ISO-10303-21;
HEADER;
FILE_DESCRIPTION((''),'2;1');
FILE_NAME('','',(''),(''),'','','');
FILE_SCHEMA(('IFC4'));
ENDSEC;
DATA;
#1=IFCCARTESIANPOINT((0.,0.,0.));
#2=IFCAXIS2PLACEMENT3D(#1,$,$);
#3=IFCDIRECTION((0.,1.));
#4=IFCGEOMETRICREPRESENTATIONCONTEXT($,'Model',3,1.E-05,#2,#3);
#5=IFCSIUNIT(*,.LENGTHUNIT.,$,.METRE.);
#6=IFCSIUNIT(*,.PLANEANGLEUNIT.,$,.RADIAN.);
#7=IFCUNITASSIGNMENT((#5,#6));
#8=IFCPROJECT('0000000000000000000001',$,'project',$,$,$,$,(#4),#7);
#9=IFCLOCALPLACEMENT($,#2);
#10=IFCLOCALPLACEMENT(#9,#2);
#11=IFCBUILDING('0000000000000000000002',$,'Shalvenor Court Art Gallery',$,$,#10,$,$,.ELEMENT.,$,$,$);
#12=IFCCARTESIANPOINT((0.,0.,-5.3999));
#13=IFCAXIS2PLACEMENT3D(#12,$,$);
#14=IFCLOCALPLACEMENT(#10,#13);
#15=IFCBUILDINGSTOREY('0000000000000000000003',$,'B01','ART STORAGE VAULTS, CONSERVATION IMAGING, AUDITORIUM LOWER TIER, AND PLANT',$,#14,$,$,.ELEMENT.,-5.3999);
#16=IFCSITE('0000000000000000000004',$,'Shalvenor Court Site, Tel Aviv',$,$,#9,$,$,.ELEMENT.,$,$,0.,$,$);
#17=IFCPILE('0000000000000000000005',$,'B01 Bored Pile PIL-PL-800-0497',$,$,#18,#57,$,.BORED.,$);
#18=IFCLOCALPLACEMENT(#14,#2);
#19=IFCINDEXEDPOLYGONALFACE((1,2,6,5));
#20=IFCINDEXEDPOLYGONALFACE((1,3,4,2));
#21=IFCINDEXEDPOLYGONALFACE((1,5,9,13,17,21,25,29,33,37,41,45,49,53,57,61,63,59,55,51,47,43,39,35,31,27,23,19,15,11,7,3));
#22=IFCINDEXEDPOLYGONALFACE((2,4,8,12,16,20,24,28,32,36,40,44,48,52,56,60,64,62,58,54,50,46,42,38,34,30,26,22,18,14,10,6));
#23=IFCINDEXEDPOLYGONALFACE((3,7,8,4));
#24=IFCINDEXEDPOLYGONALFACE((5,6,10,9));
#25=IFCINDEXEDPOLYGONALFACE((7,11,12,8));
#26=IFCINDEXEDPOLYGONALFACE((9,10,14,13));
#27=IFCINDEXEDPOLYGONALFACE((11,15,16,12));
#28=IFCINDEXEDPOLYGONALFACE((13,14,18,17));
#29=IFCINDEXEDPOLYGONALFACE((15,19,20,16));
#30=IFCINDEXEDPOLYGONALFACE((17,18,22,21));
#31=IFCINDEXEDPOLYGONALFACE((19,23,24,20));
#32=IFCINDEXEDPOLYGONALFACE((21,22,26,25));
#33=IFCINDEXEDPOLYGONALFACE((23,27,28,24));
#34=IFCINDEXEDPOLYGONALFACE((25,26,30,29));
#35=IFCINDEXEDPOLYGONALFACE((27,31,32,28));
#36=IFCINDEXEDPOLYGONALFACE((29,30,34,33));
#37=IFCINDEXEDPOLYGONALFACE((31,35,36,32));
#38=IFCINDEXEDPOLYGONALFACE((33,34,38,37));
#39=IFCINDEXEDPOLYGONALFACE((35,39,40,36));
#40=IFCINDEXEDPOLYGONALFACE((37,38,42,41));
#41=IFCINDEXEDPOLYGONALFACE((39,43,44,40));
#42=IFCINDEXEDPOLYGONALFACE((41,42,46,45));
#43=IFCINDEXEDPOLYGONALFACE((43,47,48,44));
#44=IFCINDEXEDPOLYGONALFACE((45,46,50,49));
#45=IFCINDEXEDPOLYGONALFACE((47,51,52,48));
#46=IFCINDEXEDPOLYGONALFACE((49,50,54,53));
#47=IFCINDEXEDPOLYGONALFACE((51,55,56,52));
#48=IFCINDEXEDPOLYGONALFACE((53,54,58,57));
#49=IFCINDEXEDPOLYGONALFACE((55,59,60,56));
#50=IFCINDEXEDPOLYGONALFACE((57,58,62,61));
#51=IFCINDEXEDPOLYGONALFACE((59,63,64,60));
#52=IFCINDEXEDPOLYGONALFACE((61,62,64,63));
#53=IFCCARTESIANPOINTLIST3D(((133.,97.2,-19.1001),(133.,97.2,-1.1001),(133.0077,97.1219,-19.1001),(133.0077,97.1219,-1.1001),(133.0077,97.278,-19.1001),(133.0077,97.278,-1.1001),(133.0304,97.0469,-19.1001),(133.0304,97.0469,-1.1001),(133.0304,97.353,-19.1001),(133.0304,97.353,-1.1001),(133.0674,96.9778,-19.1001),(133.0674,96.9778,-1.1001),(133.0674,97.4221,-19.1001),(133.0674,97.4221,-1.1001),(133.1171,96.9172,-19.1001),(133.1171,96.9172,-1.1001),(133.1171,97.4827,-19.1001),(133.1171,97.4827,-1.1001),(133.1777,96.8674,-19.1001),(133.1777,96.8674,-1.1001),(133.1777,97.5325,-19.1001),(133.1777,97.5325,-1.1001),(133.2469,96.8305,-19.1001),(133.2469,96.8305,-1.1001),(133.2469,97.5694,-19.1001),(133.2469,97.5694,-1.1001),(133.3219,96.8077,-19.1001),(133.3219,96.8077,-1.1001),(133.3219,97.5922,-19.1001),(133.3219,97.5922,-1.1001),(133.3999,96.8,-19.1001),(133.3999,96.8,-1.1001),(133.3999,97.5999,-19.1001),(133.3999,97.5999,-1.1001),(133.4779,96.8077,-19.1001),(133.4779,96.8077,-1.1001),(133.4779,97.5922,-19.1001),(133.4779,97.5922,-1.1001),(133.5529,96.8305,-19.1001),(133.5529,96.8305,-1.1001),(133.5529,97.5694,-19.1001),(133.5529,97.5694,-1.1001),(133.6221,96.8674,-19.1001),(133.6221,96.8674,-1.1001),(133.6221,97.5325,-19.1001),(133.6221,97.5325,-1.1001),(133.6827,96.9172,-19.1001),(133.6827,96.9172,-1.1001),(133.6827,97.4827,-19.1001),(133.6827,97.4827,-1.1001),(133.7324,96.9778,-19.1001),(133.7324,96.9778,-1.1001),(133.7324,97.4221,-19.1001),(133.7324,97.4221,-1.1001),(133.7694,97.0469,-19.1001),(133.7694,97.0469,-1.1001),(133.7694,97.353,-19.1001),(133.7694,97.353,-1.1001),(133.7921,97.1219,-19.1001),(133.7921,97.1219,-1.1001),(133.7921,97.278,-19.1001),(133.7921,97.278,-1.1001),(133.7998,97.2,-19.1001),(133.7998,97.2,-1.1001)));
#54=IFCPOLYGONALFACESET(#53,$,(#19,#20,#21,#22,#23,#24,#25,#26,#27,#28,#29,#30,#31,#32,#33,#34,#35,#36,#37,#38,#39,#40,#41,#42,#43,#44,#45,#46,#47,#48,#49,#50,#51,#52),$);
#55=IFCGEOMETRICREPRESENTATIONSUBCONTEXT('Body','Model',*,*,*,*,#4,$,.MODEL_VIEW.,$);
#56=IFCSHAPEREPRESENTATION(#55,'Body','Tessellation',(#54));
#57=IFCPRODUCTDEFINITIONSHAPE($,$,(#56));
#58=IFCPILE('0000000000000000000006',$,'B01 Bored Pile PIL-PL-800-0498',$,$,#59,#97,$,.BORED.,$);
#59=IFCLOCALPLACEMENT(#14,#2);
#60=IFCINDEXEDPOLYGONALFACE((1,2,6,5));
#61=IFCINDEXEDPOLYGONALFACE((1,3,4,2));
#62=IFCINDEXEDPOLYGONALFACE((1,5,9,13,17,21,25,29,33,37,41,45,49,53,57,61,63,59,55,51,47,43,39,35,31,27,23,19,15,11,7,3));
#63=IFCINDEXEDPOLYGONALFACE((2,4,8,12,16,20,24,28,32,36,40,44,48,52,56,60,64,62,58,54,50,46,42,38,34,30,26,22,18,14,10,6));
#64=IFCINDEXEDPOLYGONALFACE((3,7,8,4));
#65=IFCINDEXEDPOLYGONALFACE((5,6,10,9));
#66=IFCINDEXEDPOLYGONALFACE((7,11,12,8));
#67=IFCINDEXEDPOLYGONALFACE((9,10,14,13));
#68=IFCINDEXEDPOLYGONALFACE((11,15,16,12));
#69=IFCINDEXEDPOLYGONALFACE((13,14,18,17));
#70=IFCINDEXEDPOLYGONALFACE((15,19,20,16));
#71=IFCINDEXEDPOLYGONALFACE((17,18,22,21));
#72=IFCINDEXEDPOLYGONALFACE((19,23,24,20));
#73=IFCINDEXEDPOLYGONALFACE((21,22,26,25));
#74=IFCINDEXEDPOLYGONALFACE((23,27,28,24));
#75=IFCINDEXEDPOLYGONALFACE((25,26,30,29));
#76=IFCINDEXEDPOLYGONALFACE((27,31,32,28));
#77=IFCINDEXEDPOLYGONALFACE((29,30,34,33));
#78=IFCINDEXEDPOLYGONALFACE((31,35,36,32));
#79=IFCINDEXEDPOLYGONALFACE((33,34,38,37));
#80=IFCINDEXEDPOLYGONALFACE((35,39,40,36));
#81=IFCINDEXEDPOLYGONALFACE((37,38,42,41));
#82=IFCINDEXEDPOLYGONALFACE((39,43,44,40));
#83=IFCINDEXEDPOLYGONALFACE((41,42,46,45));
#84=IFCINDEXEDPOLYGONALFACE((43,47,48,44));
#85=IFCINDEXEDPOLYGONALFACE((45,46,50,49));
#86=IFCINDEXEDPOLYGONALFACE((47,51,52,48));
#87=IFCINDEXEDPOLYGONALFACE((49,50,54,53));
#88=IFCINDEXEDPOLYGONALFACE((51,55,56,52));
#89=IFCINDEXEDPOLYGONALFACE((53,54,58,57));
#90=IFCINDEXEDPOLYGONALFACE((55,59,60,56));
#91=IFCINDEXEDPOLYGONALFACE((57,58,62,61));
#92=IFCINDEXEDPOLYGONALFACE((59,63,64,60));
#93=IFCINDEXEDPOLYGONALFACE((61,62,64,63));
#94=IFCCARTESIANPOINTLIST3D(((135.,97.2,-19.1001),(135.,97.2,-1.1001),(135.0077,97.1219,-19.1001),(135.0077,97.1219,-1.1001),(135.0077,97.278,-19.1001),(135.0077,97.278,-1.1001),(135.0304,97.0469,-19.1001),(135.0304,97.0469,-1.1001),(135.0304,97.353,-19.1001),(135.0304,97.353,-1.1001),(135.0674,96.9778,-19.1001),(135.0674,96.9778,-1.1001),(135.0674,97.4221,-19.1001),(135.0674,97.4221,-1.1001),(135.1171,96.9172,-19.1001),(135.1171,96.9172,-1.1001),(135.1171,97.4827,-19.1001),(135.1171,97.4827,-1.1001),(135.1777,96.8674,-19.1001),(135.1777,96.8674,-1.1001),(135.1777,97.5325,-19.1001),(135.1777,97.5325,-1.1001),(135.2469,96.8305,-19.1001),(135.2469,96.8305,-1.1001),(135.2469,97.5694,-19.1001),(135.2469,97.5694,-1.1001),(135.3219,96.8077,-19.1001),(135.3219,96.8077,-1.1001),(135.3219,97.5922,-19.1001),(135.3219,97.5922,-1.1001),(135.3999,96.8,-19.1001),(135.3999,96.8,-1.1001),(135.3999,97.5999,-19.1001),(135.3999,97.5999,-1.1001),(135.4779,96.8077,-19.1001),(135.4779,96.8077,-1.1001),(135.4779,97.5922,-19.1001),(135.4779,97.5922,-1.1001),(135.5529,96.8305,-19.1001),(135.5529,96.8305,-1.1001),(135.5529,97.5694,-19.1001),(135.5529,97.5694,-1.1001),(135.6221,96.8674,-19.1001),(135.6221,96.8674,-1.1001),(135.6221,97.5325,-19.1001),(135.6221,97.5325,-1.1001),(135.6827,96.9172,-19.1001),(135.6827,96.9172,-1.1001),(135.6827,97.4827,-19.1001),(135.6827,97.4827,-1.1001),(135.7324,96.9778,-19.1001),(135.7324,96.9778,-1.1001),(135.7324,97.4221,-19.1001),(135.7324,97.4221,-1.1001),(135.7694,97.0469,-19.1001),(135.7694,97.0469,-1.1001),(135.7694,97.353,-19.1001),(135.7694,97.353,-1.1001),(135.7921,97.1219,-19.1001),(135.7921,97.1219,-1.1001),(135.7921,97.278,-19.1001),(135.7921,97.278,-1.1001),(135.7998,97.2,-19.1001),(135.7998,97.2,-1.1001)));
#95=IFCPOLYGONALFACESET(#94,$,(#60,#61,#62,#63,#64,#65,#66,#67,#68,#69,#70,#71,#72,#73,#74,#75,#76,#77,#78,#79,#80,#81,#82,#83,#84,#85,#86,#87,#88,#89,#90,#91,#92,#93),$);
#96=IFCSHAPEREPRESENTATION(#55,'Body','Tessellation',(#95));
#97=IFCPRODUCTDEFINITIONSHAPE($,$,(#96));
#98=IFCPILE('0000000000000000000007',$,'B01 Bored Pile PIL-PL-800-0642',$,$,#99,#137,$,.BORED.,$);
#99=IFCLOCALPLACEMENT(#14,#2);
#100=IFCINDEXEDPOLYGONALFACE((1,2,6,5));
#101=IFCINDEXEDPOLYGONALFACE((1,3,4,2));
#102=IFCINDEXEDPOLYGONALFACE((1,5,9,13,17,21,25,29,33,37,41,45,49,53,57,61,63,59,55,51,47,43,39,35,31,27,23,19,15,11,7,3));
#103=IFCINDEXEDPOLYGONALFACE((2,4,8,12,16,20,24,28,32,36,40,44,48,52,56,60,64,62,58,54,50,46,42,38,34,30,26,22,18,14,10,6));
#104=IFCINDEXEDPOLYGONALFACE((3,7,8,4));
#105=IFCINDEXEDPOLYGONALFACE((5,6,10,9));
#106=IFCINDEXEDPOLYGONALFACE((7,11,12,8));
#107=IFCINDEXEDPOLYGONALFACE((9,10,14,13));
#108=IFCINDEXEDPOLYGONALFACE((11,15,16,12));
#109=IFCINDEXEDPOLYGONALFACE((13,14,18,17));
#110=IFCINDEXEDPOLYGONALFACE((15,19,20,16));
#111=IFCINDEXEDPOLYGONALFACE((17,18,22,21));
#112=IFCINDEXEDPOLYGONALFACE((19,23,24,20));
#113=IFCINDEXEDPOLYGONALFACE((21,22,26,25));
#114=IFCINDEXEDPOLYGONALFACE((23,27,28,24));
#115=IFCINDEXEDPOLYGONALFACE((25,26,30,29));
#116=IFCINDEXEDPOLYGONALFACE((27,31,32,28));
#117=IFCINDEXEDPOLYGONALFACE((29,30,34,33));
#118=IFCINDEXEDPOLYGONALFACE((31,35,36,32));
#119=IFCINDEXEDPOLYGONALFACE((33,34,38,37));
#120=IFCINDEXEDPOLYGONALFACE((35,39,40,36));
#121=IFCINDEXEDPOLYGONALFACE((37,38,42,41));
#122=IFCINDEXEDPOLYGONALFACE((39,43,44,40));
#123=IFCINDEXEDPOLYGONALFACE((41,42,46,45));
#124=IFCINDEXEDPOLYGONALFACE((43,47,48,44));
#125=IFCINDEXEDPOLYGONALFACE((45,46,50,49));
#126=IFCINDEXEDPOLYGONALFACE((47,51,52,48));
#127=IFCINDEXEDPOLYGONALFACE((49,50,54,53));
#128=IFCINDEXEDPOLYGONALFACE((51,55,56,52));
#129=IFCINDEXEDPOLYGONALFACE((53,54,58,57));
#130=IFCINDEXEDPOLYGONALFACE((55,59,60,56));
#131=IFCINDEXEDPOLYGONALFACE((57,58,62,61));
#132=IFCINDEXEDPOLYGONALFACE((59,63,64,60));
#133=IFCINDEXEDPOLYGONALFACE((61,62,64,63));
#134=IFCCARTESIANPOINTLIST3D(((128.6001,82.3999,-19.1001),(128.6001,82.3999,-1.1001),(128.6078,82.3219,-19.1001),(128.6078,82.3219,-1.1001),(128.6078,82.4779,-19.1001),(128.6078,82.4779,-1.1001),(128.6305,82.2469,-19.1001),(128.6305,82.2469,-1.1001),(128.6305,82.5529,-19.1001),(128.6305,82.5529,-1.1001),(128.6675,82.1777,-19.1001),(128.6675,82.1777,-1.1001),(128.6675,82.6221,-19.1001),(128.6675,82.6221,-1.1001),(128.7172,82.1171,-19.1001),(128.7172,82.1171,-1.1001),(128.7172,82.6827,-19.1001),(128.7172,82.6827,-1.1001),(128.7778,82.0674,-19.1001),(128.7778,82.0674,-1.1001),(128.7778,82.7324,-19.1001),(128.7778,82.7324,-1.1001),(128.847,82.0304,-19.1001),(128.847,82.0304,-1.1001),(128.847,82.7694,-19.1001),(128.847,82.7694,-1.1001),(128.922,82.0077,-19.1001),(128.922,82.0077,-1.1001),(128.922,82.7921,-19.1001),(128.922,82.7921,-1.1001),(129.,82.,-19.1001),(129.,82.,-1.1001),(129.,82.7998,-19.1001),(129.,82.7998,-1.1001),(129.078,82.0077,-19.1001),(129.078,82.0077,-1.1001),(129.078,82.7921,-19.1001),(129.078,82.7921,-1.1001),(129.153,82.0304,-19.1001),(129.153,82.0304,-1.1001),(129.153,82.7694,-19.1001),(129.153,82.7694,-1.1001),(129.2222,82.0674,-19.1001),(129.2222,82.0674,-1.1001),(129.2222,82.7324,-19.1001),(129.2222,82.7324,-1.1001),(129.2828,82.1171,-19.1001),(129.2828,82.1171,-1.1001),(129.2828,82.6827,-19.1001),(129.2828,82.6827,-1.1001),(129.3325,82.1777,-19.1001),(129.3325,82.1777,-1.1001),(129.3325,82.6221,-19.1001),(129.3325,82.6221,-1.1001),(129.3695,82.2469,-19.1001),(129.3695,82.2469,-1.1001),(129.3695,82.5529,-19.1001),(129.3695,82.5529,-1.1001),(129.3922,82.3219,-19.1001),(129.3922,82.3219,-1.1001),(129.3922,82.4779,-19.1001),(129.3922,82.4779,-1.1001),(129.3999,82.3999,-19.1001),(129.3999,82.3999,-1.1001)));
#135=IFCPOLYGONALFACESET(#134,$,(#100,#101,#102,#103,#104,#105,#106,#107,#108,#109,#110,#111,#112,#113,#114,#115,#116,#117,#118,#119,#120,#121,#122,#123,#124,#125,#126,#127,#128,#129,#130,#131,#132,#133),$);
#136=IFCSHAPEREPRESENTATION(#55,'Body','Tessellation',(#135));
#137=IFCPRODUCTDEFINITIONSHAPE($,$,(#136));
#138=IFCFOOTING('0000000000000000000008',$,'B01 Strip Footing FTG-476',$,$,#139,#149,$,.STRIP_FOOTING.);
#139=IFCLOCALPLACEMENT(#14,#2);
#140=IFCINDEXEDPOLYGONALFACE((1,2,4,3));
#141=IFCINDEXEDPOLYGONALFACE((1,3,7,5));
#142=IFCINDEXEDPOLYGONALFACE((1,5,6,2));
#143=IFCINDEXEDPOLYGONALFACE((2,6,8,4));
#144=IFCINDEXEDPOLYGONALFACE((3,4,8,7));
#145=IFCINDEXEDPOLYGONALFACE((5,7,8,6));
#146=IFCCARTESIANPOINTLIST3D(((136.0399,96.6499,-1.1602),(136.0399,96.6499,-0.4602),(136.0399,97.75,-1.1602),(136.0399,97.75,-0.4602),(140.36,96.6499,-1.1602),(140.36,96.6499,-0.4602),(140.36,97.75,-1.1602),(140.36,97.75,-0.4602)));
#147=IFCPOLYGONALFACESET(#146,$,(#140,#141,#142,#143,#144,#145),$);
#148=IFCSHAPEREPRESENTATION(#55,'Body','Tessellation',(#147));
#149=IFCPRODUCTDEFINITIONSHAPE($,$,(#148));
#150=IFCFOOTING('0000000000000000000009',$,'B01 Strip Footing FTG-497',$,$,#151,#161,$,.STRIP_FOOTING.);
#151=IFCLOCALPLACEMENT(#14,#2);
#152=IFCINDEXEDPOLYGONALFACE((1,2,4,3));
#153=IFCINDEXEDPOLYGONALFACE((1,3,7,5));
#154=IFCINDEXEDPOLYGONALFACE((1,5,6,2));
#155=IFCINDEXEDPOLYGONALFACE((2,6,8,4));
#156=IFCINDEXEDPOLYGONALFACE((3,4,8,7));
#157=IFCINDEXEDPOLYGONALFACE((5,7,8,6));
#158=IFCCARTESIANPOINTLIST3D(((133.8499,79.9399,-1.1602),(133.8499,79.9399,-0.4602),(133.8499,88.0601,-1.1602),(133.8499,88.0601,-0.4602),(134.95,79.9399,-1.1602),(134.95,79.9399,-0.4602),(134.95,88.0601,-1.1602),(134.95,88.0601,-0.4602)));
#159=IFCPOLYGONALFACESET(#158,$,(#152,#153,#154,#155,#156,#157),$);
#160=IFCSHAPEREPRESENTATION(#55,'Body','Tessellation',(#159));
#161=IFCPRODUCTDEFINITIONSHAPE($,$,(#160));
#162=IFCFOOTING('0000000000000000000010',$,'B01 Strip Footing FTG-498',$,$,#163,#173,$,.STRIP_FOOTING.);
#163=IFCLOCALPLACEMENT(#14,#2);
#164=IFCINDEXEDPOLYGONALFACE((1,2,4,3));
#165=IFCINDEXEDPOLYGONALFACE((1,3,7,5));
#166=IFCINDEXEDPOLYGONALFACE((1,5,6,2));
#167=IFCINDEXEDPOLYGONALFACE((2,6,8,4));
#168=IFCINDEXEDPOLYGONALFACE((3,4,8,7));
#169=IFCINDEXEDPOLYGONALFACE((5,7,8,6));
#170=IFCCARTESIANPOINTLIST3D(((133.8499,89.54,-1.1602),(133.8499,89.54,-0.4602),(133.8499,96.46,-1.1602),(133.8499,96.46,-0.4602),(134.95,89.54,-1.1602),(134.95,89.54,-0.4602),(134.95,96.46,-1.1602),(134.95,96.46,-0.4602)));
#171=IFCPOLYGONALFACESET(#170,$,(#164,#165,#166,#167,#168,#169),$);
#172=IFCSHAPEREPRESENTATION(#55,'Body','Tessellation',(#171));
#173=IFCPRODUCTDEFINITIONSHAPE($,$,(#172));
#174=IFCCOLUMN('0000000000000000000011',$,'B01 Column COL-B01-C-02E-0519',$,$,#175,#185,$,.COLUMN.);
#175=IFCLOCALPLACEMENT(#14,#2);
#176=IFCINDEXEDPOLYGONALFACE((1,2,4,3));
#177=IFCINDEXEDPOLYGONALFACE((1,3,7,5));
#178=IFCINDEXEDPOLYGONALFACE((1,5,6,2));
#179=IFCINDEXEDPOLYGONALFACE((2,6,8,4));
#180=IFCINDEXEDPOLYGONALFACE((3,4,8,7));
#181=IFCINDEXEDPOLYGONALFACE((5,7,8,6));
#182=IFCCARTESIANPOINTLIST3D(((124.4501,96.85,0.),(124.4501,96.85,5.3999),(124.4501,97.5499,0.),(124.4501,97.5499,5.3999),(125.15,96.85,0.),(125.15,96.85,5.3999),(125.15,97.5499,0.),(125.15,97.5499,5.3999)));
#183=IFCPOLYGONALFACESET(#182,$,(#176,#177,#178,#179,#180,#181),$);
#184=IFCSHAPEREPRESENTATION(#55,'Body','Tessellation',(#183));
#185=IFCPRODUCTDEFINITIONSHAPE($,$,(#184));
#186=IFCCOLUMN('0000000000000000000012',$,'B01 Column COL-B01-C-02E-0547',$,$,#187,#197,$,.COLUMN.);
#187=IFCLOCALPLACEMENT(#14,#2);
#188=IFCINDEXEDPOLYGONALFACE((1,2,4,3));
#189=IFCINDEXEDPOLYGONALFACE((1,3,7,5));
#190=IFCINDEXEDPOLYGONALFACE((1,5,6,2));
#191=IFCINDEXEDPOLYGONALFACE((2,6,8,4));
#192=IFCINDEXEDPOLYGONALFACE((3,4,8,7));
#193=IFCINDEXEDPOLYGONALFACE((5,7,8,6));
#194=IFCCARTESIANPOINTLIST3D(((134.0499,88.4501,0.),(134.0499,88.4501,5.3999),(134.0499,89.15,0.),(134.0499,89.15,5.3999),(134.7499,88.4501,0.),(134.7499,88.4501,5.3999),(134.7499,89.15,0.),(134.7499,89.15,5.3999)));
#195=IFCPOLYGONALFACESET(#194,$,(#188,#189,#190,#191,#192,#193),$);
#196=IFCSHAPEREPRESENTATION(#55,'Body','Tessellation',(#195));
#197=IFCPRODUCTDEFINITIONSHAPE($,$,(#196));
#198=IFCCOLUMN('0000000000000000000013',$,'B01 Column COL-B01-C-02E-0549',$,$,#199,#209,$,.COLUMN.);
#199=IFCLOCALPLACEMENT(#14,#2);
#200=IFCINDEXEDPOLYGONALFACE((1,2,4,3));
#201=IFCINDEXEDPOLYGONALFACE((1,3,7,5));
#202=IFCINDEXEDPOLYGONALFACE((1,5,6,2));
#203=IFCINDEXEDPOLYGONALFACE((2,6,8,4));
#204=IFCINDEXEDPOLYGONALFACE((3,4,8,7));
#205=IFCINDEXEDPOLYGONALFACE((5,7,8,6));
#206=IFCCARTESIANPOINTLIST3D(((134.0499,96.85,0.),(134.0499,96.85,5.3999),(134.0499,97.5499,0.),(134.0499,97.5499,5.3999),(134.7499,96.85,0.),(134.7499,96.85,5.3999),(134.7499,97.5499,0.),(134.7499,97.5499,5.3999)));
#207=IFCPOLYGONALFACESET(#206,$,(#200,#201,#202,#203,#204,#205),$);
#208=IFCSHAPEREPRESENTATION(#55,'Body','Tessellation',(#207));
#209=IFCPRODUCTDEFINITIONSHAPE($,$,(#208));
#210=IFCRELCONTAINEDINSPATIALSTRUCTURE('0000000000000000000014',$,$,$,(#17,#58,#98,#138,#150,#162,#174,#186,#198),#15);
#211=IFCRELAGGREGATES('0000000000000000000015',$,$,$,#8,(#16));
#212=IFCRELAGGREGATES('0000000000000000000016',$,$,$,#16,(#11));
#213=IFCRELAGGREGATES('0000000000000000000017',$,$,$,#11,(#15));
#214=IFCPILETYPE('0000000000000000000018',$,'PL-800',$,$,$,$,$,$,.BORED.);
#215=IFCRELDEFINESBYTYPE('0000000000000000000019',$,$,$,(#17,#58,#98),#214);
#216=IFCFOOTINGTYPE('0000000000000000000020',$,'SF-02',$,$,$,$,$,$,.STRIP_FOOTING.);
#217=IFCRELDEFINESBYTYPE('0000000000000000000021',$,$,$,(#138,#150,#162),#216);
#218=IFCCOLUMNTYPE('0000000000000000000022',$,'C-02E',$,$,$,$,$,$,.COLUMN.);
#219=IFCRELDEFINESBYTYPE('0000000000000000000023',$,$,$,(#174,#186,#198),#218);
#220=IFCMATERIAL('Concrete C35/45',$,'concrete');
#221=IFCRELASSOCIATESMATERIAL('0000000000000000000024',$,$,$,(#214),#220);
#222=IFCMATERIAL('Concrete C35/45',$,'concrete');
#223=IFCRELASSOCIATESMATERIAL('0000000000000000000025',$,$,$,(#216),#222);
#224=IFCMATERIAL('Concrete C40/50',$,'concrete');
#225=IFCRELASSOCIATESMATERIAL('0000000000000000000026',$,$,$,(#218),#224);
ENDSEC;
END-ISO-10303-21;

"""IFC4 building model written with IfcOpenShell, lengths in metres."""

from ifc_helpers import new_model, si_unit, direction, frame, origin, origin_2d, place, context, subcontext, project, spatial, rectangle, circle, extrude, material, material_profile, profile_set, type_object, element, save


model = new_model("IFC4")

# Units and contexts
model_context = context("Model", 3, precision=1e-05, world=origin(), true_north=direction((0.0, 1.0)))
body_context = subcontext(model_context, "Body", "Model", "MODEL_VIEW")
ifc_project = project(units=[si_unit("LENGTHUNIT", "METRE"), si_unit("PLANEANGLEUNIT", "RADIAN")], contexts=[model_context])

# Site, building, storey
site_placement = place(None, origin())
site = spatial("IfcSite", under=ifc_project, at=site_placement, Name="Shalvenor Court Site, Tel Aviv", CompositionType="ELEMENT", RefElevation=0.0)
building_placement = place(site_placement, origin())
building = spatial("IfcBuilding", under=site, at=building_placement, Name="Shalvenor Court Art Gallery", CompositionType="ELEMENT")
storey_placement = place(building_placement, frame((0.0, 0.0, -5.3999)))
storey = spatial("IfcBuildingStorey", under=building, at=storey_placement, Name="B01", Description="ART STORAGE VAULTS, CONSERVATION IMAGING, AUDITORIUM LOWER TIER, AND PLANT", CompositionType="ELEMENT", Elevation=-5.3999)

# Piles
ifc_material_1 = material(Name="Concrete C35/45", Category="concrete")
ifc_material_profile_1 = material_profile(ifc_material_1, circle(Radius=0.3999, at=origin_2d()), Name="PILE 800")
ifc_profile_set_1 = profile_set([ifc_material_profile_1], Name="Concrete C35/45")
pile_type_1 = type_object("IfcPileType", Name="PL-800", PredefinedType="BORED", material=ifc_profile_set_1)
for number, where, z_axis, x_axis, name in (
    (1, (133.3999, 97.2, -1.1001), (0.0, 0.0, -1.0), (1.0, 0.0, 0.0), "B01 Bored Pile PIL-PL-800-0497"),
    (2, (135.3999, 97.2, -1.1001), (0.0, 0.0, -1.0), (1.0, 0.0, 0.0), "B01 Bored Pile PIL-PL-800-0498"),
    (3, (129.0, 82.3999, -1.1001), (0.0, 0.0, -1.0), (1.0, 0.0, 0.0), "B01 Bored Pile PIL-PL-800-0642"),
):
    element("IfcPile", number, at=place(storey_placement, frame(where, z_axis=z_axis, x_axis=x_axis)), inside=storey, type_object=pile_type_1, Name=name, PredefinedType="BORED", context=body_context, shape_type="SweptSolid", body=[
        extrude(circle(Radius=0.3999, at=origin_2d()), origin(), (0.0, 0.0, 1.0), 18.0),
    ])

# Footings
ifc_material_2 = material(Name="Concrete C35/45", Category="concrete")
footing_type_1 = type_object("IfcFootingType", Name="SF-02", PredefinedType="STRIP_FOOTING", material=ifc_material_2)
footing_1_placement = place(storey_placement, frame((138.2, 97.2, -1.1602), z_axis=(0.0, 0.0, 1.0), x_axis=(1.0, 0.0, 0.0)))
element("IfcFooting", 4, at=footing_1_placement, inside=storey, type_object=footing_type_1, Name="B01 Strip Footing FTG-476", PredefinedType="STRIP_FOOTING", context=body_context, shape_type="SweptSolid", body=[
    extrude(rectangle(XDim=4.3201, YDim=1.1001, at=origin_2d()), origin(), (0.0, 0.0, 1.0), 0.7),
])
footing_2_placement = place(storey_placement, frame((134.3999, 84.0, -1.1602), z_axis=(0.0, 0.0, 1.0), x_axis=(0.0, 1.0, 0.0)))
element("IfcFooting", 5, at=footing_2_placement, inside=storey, type_object=footing_type_1, Name="B01 Strip Footing FTG-497", PredefinedType="STRIP_FOOTING", context=body_context, shape_type="SweptSolid", body=[
    extrude(rectangle(XDim=8.1201, YDim=1.1001, at=origin_2d()), origin(), (0.0, 0.0, 1.0), 0.7),
])
footing_3_placement = place(storey_placement, frame((134.3999, 93.0, -1.1602), z_axis=(0.0, 0.0, 1.0), x_axis=(0.0, 1.0, 0.0)))
element("IfcFooting", 6, at=footing_3_placement, inside=storey, type_object=footing_type_1, Name="B01 Strip Footing FTG-498", PredefinedType="STRIP_FOOTING", context=body_context, shape_type="SweptSolid", body=[
    extrude(rectangle(XDim=6.9199, YDim=1.1001, at=origin_2d()), origin(), (0.0, 0.0, 1.0), 0.7),
])

# Columns
ifc_material_3 = material(Name="Concrete C40/50", Category="concrete")
ifc_material_profile_2 = material_profile(ifc_material_3, rectangle(XDim=0.7, YDim=0.7, at=origin_2d()), Name="RC 700x700")
ifc_profile_set_2 = profile_set([ifc_material_profile_2], Name="Concrete C40/50")
column_type_1 = type_object("IfcColumnType", Name="C-02E", PredefinedType="COLUMN", material=ifc_profile_set_2)
for number, where, z_axis, x_axis, name in (
    (7, (124.8, 97.2, 0.0), (0.0, 0.0, 1.0), (1.0, 0.0, 0.0), "B01 Column COL-B01-C-02E-0519"),
    (8, (134.3999, 88.8, 0.0), (0.0, 0.0, 1.0), (1.0, 0.0, 0.0), "B01 Column COL-B01-C-02E-0547"),
    (9, (134.3999, 97.2, 0.0), (0.0, 0.0, 1.0), (1.0, 0.0, 0.0), "B01 Column COL-B01-C-02E-0549"),
):
    element("IfcColumn", number, at=place(storey_placement, frame(where, z_axis=z_axis, x_axis=x_axis)), inside=storey, type_object=column_type_1, Name=name, PredefinedType="COLUMN", context=body_context, shape_type="SweptSolid", body=[
        extrude(rectangle(XDim=0.7, YDim=0.7, at=origin_2d()), origin(), (0.0, 0.0, 1.0), 5.3999),
    ])

save(model, "model.ifc")
